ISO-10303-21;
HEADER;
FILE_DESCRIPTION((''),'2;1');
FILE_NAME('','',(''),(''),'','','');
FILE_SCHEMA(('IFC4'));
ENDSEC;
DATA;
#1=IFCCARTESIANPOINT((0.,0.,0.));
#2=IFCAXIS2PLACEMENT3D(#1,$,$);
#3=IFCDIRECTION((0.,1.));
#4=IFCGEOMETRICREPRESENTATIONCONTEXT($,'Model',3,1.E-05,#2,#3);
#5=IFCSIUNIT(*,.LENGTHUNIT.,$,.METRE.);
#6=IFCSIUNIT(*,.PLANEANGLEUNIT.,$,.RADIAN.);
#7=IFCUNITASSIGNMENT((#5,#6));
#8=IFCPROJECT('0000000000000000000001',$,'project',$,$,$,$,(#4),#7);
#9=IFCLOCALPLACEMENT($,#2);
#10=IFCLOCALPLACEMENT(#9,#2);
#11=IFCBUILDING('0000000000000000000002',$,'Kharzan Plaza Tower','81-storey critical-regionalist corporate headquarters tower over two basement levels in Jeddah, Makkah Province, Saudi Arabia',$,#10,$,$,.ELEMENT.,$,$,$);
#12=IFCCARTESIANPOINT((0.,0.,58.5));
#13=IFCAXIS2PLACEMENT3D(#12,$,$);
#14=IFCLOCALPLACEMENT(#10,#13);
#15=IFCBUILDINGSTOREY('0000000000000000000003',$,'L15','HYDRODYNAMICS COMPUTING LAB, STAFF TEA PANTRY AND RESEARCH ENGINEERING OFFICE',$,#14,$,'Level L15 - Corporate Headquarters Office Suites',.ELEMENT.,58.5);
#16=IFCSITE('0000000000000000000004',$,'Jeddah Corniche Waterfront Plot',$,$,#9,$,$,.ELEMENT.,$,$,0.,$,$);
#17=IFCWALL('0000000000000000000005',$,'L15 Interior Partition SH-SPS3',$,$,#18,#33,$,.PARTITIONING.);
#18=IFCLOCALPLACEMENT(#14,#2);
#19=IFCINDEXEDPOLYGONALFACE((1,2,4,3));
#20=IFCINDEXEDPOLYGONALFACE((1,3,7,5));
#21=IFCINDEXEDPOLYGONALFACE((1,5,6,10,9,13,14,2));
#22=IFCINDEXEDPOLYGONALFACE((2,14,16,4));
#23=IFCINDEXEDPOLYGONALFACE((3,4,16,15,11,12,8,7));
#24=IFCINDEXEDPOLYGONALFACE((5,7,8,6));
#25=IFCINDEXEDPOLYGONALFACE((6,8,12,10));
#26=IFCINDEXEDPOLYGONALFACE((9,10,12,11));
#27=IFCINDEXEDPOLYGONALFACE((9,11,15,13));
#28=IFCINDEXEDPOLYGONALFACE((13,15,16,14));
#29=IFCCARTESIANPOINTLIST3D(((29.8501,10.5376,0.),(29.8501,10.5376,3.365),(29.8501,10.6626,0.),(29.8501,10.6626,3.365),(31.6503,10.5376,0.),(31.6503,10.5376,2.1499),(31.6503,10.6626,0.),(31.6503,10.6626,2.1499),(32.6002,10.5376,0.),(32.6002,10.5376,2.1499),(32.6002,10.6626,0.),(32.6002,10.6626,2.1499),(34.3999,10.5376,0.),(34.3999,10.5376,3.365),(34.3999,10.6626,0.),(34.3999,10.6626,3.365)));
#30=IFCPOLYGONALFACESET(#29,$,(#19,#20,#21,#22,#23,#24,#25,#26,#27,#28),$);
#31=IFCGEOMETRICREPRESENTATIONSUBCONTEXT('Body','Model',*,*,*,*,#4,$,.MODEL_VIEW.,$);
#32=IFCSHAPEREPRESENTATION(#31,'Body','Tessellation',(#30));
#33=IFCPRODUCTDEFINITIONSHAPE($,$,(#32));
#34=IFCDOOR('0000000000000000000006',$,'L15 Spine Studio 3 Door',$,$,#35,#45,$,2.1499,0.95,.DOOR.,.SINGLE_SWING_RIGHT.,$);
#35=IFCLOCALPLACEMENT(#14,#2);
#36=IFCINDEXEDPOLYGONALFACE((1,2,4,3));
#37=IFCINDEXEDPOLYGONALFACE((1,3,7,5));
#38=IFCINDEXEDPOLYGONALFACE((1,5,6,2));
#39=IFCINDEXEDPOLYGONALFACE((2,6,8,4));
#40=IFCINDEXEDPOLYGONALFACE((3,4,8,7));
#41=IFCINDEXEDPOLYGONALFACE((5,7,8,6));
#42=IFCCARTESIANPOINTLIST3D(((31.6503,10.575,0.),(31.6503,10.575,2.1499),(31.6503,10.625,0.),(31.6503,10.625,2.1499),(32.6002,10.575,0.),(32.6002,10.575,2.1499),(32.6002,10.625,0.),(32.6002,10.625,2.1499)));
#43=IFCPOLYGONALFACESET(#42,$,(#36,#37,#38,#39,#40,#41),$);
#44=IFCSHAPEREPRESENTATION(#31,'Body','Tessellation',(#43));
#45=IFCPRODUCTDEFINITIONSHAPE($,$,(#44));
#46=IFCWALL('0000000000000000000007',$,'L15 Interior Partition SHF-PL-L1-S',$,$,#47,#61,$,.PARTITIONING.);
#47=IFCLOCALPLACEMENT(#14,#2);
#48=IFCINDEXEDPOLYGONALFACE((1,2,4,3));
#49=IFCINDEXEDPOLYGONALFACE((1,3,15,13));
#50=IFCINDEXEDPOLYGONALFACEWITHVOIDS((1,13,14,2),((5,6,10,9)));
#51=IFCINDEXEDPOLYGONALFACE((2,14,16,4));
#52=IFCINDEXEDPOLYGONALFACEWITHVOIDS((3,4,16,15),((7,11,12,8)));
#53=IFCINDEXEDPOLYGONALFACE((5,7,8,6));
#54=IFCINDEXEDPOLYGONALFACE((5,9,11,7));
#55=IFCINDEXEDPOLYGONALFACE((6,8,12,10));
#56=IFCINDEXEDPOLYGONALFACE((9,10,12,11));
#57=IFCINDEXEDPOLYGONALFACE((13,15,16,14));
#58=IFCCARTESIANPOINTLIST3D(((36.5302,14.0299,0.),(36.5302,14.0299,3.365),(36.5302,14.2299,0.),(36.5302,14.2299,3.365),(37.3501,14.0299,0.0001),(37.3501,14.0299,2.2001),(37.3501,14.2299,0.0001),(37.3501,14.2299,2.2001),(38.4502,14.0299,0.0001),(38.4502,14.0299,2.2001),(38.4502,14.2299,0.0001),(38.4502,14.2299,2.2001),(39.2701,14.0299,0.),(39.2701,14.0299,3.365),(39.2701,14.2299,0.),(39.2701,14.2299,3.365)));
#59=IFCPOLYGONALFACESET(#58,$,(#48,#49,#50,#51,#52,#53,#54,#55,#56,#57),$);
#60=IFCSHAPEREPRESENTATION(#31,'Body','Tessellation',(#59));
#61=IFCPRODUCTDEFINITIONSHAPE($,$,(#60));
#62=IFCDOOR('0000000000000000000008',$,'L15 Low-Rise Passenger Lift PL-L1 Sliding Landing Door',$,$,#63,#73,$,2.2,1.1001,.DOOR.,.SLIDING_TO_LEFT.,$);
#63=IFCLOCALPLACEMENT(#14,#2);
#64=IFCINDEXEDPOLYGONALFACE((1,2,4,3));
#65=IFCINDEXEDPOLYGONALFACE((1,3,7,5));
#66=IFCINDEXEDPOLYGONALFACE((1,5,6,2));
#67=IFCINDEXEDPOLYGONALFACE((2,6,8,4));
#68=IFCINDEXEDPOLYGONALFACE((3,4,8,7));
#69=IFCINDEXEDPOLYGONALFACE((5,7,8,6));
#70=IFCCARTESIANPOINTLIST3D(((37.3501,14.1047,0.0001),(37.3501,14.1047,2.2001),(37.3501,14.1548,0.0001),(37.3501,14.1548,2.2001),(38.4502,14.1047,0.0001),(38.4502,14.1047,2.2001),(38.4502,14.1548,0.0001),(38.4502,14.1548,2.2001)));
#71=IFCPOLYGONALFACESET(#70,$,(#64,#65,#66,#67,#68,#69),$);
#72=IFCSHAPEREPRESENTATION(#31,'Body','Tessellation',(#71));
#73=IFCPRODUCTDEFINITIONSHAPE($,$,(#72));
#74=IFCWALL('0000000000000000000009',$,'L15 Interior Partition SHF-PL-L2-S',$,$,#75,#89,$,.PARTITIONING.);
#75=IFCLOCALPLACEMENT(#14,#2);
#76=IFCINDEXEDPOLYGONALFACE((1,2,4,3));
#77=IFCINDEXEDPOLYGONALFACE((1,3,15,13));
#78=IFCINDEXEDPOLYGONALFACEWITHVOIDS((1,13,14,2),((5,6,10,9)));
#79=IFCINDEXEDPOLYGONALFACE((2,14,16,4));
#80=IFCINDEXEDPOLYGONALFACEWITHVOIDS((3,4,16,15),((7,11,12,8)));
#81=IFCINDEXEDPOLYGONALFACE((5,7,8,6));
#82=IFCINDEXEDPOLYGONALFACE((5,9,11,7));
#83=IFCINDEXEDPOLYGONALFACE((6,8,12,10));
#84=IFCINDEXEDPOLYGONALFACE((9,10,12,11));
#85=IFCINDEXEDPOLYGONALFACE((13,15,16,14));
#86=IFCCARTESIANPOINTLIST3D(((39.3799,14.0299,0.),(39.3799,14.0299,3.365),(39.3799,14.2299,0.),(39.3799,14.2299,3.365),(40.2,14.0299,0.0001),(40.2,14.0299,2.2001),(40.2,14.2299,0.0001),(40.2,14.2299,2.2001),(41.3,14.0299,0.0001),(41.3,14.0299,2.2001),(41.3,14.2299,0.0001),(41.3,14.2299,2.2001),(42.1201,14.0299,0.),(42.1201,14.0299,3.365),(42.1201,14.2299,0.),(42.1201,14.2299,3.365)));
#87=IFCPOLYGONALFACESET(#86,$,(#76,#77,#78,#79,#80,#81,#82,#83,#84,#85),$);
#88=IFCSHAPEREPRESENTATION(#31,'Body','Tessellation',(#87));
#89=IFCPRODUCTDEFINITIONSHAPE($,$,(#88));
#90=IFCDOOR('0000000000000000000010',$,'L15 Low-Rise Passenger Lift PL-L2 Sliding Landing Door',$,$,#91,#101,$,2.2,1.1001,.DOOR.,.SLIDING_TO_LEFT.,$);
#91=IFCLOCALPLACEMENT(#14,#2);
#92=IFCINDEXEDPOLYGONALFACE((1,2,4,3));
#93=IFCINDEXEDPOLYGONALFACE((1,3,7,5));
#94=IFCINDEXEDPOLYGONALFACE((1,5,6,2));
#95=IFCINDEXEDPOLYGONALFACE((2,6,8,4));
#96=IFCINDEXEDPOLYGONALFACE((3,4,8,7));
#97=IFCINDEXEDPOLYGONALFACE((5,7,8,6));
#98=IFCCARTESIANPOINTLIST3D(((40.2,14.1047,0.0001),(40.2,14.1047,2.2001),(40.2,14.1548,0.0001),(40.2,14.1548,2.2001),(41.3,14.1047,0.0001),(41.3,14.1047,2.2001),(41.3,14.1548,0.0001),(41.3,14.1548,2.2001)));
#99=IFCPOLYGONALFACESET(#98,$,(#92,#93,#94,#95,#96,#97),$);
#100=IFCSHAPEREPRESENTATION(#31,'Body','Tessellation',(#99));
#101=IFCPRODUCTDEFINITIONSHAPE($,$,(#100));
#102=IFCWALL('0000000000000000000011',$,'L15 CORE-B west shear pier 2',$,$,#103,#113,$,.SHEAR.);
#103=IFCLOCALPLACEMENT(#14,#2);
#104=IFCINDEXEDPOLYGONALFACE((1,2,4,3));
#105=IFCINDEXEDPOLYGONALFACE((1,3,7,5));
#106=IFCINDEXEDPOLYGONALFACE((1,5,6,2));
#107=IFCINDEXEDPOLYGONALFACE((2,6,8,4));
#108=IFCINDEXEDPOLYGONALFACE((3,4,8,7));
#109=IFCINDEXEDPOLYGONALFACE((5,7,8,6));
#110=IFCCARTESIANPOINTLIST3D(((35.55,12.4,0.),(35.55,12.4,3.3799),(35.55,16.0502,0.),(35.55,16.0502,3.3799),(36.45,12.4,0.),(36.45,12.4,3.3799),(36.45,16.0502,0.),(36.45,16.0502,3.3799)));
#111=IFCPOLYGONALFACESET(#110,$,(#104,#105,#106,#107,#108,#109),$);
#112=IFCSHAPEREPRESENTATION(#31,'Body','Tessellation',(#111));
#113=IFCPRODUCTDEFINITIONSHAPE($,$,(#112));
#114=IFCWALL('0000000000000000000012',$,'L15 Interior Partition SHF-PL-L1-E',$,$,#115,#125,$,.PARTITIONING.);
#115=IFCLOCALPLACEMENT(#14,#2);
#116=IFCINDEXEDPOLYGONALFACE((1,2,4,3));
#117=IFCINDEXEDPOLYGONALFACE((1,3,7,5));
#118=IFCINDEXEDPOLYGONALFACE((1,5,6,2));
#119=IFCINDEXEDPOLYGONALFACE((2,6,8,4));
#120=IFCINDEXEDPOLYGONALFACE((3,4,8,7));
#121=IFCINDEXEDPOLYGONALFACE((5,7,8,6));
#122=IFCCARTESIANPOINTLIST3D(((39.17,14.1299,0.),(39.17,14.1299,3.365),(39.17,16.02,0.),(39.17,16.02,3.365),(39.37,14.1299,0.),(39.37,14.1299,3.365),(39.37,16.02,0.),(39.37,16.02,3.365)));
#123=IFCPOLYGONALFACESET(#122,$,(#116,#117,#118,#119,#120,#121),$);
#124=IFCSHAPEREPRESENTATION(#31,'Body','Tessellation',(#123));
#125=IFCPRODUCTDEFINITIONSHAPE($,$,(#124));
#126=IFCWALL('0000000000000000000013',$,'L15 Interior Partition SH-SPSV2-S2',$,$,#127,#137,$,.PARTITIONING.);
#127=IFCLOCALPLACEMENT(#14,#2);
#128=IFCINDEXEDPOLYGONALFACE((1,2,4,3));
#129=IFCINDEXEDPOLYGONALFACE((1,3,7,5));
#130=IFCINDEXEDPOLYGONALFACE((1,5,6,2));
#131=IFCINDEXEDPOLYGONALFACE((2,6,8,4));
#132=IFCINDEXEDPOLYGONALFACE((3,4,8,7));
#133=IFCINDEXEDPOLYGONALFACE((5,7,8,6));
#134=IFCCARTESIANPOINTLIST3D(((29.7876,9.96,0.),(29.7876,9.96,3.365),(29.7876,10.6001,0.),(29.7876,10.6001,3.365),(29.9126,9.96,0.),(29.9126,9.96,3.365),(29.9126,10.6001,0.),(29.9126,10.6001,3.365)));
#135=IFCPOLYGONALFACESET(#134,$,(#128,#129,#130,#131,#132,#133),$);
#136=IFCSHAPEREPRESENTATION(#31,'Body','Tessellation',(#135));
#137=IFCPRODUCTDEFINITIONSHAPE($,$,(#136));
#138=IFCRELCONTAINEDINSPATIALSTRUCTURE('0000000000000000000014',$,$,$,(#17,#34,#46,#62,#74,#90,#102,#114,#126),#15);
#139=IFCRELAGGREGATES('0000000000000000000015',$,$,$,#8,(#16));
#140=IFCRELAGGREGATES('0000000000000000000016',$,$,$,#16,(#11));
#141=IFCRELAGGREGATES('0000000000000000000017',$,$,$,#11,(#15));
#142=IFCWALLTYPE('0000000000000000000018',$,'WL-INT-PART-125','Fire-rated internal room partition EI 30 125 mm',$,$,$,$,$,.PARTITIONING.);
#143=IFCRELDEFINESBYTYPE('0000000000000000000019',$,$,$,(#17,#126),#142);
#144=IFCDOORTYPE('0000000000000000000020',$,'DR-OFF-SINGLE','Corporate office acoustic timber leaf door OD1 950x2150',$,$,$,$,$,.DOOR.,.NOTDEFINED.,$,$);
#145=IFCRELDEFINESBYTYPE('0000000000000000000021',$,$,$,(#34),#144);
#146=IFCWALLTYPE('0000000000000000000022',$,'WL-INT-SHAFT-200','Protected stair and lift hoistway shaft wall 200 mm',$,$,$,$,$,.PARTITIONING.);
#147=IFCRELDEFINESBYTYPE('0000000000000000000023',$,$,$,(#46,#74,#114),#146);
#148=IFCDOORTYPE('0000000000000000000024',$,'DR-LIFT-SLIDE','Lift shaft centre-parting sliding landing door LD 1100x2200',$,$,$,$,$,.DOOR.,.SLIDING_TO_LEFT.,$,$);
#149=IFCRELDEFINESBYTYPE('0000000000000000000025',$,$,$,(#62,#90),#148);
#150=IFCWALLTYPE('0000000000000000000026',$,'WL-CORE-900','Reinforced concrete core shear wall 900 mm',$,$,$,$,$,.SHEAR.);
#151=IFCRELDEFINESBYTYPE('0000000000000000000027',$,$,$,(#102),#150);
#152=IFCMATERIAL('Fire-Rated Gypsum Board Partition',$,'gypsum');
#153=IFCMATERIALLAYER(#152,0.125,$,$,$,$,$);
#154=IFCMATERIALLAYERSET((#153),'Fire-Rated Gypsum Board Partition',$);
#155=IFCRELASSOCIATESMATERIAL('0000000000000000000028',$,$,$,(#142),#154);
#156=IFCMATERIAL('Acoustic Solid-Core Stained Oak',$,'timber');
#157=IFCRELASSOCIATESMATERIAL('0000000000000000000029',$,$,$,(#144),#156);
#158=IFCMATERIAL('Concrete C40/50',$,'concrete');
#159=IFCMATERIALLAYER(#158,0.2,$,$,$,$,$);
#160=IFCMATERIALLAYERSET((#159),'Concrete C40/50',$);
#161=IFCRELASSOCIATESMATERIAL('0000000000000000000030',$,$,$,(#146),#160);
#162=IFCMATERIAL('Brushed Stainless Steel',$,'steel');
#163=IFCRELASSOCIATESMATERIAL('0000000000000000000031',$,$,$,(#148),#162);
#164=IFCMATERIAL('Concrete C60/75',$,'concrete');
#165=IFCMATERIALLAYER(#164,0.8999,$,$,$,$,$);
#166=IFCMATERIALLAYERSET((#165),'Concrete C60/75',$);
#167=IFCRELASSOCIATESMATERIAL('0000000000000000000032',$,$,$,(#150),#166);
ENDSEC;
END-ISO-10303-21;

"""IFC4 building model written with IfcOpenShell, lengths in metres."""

from ifc_helpers import new_model, si_unit, direction, frame, frame_2d, origin, place, context, subcontext, project, spatial, rectangle, extrude, source, transform, mapped, material, layer, layer_set, type_object, element, fill, save


model = new_model("IFC4")

# Units and contexts
model_context = context("Model", 3, precision=1e-05, world=origin(), true_north=direction((0.0, 1.0)))
body_context = subcontext(model_context, "Body", "Model", "MODEL_VIEW")
ifc_project = project(units=[si_unit("LENGTHUNIT", "METRE"), si_unit("PLANEANGLEUNIT", "RADIAN")], contexts=[model_context])

# Site, building, storey
site_placement = place(None, origin())
site = spatial("IfcSite", under=ifc_project, at=site_placement, Name="Jeddah Corniche Waterfront Plot", CompositionType="ELEMENT", RefElevation=0.0)
building_placement = place(site_placement, origin())
building = spatial("IfcBuilding", under=site, at=building_placement, Name="Kharzan Plaza Tower", Description="81-storey critical-regionalist corporate headquarters tower over two basement levels in Jeddah, Makkah Province, Saudi Arabia", CompositionType="ELEMENT")
storey_placement = place(building_placement, frame((0.0, 0.0, 58.5)))
storey = spatial("IfcBuildingStorey", under=building, at=storey_placement, Name="L15", Description="HYDRODYNAMICS COMPUTING LAB, STAFF TEA PANTRY AND RESEARCH ENGINEERING OFFICE", LongName="Level L15 - Corporate Headquarters Office Suites", CompositionType="ELEMENT", Elevation=58.5)

# Shared definitions
ifc_material_1 = material(Name="Concrete C60/75", Category="concrete")

# Walls, openings, doors
ifc_material_2 = material(Name="Fire-Rated Gypsum Board Partition", Category="gypsum")
ifc_layer_1 = layer(ifc_material_2, 0.125)
ifc_layer_set_1 = layer_set([ifc_layer_1], Name="Fire-Rated Gypsum Board Partition")
wall_type_1 = type_object("IfcWallType", Name="WL-INT-PART-125", Description="Fire-rated internal room partition EI 30 125 mm", PredefinedType="PARTITIONING", material=ifc_layer_set_1)
ifc_material_3 = material(Name="Acoustic Solid-Core Stained Oak", Category="timber")
door_type_1 = type_object("IfcDoorType", Name="DR-OFF-SINGLE", Description="Corporate office acoustic timber leaf door OD1 950x2150", OperationType="NOTDEFINED", PredefinedType="DOOR", material=ifc_material_3)
shared_shape_1 = source(origin(), body_context, "Body", "SweptSolid", [
    extrude(rectangle(XDim=0.95, YDim=2.1499, at=frame_2d((0.4751, 1.075))), frame((0.0, 0.0249, 0.0), z_axis=(0.0, -1.0, 0.0), x_axis=(1.0, 0.0, 0.0)), (0.0, 0.0, 1.0), 0.05),
])
wall_1_placement = place(storey_placement, frame((29.8501, 10.6001, 0.0), z_axis=(0.0, 0.0, 1.0), x_axis=(1.0, 0.0, 0.0)))
wall_1 = element("IfcWall", 1, at=wall_1_placement, inside=storey, type_object=wall_type_1, Name="L15 Interior Partition SH-SPS3", PredefinedType="PARTITIONING", context=body_context, shape_type="SweptSolid", body=[
    extrude(rectangle(XDim=4.5498, YDim=0.125, at=frame_2d((2.2749, 0.0))), origin(), (0.0, 0.0, 1.0), 3.365),
])
opening_1_placement = place(wall_1_placement, frame((1.8, 0.0, 0.0)))
opening_1 = element("IfcOpeningElement", 2, at=opening_1_placement, cuts=wall_1, PredefinedType="OPENING", context=body_context, shape_type="SweptSolid", body=[
    extrude(rectangle(XDim=0.95, YDim=2.1499, at=frame_2d((0.4751, 1.075))), frame((0.0, 0.0725, 0.0), z_axis=(0.0, -1.0, 0.0), x_axis=(1.0, 0.0, 0.0)), (0.0, 0.0, 1.0), 0.145),
])
door_1_placement = place(opening_1_placement, origin())
door_1 = element("IfcDoor", 3, at=door_1_placement, inside=storey, type_object=door_type_1, Name="L15 Spine Studio 3 Door", OperationType="SINGLE_SWING_RIGHT", OverallHeight=2.1499, OverallWidth=0.95, PredefinedType="DOOR", context=body_context, shape_type="MappedRepresentation", body=[
    mapped(shared_shape_1, transform((0.0, 0.0, 0.0), x_axis=(1.0, 0.0, 0.0), y_axis=(0.0, 1.0, 0.0), z_axis=(0.0, 0.0, 1.0))),
])
fill(opening_1, door_1)
ifc_material_4 = material(Name="Concrete C40/50", Category="concrete")
ifc_layer_2 = layer(ifc_material_4, 0.2)
ifc_layer_set_2 = layer_set([ifc_layer_2], Name="Concrete C40/50")
wall_type_2 = type_object("IfcWallType", Name="WL-INT-SHAFT-200", Description="Protected stair and lift hoistway shaft wall 200 mm", PredefinedType="PARTITIONING", material=ifc_layer_set_2)
wall_2_placement = place(storey_placement, frame((36.53, 14.1299, 0.0), z_axis=(0.0, 0.0, 1.0), x_axis=(1.0, 0.0, 0.0)))
wall_2 = element("IfcWall", 4, at=wall_2_placement, inside=storey, type_object=wall_type_2, Name="L15 Interior Partition SHF-PL-L1-S", PredefinedType="PARTITIONING", context=body_context, shape_type="SweptSolid", body=[
    extrude(rectangle(XDim=2.74, YDim=0.2, at=frame_2d((1.3701, 0.0))), origin(), (0.0, 0.0, 1.0), 3.365),
])
opening_2_placement = place(wall_2_placement, frame((0.8201, 0.0, 0.0)))
opening_2 = element("IfcOpeningElement", 5, at=opening_2_placement, cuts=wall_2, PredefinedType="OPENING", context=body_context, shape_type="SweptSolid", body=[
    extrude(rectangle(XDim=1.1001, YDim=2.2, at=frame_2d((0.55, 1.1001))), frame((0.0, 0.1099, 0.0), z_axis=(0.0, -1.0, 0.0), x_axis=(1.0, 0.0, 0.0)), (0.0, 0.0, 1.0), 0.22),
])
ifc_material_5 = material(Name="Brushed Stainless Steel", Category="steel")
door_type_2 = type_object("IfcDoorType", Name="DR-LIFT-SLIDE", Description="Lift shaft centre-parting sliding landing door LD 1100x2200", OperationType="SLIDING_TO_LEFT", PredefinedType="DOOR", material=ifc_material_5)
shared_shape_2 = source(origin(), body_context, "Body", "SweptSolid", [
    extrude(rectangle(XDim=1.1001, YDim=2.2, at=frame_2d((0.55, 1.1001))), frame((0.0, 0.0249, 0.0), z_axis=(0.0, -1.0, 0.0), x_axis=(1.0, 0.0, 0.0)), (0.0, 0.0, 1.0), 0.05),
])
door_2_placement = place(opening_2_placement, origin())
door_2 = element("IfcDoor", 6, at=door_2_placement, inside=storey, type_object=door_type_2, Name="L15 Low-Rise Passenger Lift PL-L1 Sliding Landing Door", OperationType="SLIDING_TO_LEFT", OverallHeight=2.2, OverallWidth=1.1001, PredefinedType="DOOR", context=body_context, shape_type="MappedRepresentation", body=[
    mapped(shared_shape_2, transform((0.0, 0.0, 0.0), x_axis=(1.0, 0.0, 0.0), y_axis=(0.0, 1.0, 0.0), z_axis=(0.0, 0.0, 1.0))),
])
fill(opening_2, door_2)
wall_3_placement = place(storey_placement, frame((39.3799, 14.1299, 0.0), z_axis=(0.0, 0.0, 1.0), x_axis=(1.0, 0.0, 0.0)))
wall_3 = element("IfcWall", 7, at=wall_3_placement, inside=storey, type_object=wall_type_2, Name="L15 Interior Partition SHF-PL-L2-S", PredefinedType="PARTITIONING", context=body_context, shape_type="SweptSolid", body=[
    extrude(rectangle(XDim=2.7402, YDim=0.2, at=frame_2d((1.3701, 0.0))), origin(), (0.0, 0.0, 1.0), 3.365),
])
opening_3_placement = place(wall_3_placement, frame((0.8201, 0.0, 0.0)))
opening_3 = element("IfcOpeningElement", 8, at=opening_3_placement, cuts=wall_3, PredefinedType="OPENING", context=body_context, shape_type="SweptSolid", body=[
    extrude(rectangle(XDim=1.1001, YDim=2.2, at=frame_2d((0.55, 1.1001))), frame((0.0, 0.1099, 0.0), z_axis=(0.0, -1.0, 0.0), x_axis=(1.0, 0.0, 0.0)), (0.0, 0.0, 1.0), 0.22),
])
door_3_placement = place(opening_3_placement, origin())
door_3 = element("IfcDoor", 9, at=door_3_placement, inside=storey, type_object=door_type_2, Name="L15 Low-Rise Passenger Lift PL-L2 Sliding Landing Door", OperationType="SLIDING_TO_LEFT", OverallHeight=2.2, OverallWidth=1.1001, PredefinedType="DOOR", context=body_context, shape_type="MappedRepresentation", body=[
    mapped(shared_shape_2, transform((0.0, 0.0, 0.0), x_axis=(1.0, 0.0, 0.0), y_axis=(0.0, 1.0, 0.0), z_axis=(0.0, 0.0, 1.0))),
])
fill(opening_3, door_3)

# Walls
ifc_layer_3 = layer(ifc_material_1, 0.8999)
ifc_layer_set_3 = layer_set([ifc_layer_3], Name="Concrete C60/75")
wall_type_3 = type_object("IfcWallType", Name="WL-CORE-900", Description="Reinforced concrete core shear wall 900 mm", PredefinedType="SHEAR", material=ifc_layer_set_3)
shared_shape_3 = source(origin(), body_context, "Body", "SweptSolid", [
    extrude(rectangle(XDim=3.6501, YDim=0.8999, at=frame_2d((1.8252, 0.0))), origin(), (0.0, 0.0, 1.0), 3.3799),
])
wall_4_placement = place(storey_placement, frame((36.0, 12.3999, 0.0), z_axis=(0.0, 0.0, 1.0), x_axis=(0.0, 1.0, 0.0)))
element("IfcWall", 10, at=wall_4_placement, inside=storey, type_object=wall_type_3, Name="L15 CORE-B west shear pier 2", PredefinedType="SHEAR", context=body_context, shape_type="MappedRepresentation", body=[
    mapped(shared_shape_3, transform((0.0, 0.0, 0.0), x_axis=(1.0, 0.0, 0.0), y_axis=(0.0, 1.0, 0.0), z_axis=(0.0, 0.0, 1.0))),
])
shared_shape_4 = source(origin(), body_context, "Body", "SweptSolid", [
    extrude(rectangle(XDim=1.8901, YDim=0.2, at=frame_2d((0.9451, 0.0))), origin(), (0.0, 0.0, 1.0), 3.365),
])
wall_5_placement = place(storey_placement, frame((39.27, 14.1299, 0.0), z_axis=(0.0, 0.0, 1.0), x_axis=(0.0, 1.0, 0.0)))
element("IfcWall", 11, at=wall_5_placement, inside=storey, type_object=wall_type_2, Name="L15 Interior Partition SHF-PL-L1-E", PredefinedType="PARTITIONING", context=body_context, shape_type="MappedRepresentation", body=[
    mapped(shared_shape_4, transform((0.0, 0.0, 0.0), x_axis=(1.0, 0.0, 0.0), y_axis=(0.0, 1.0, 0.0), z_axis=(0.0, 0.0, 1.0))),
])
shared_shape_5 = source(origin(), body_context, "Body", "SweptSolid", [
    extrude(rectangle(XDim=0.6401, YDim=0.125, at=frame_2d((0.3201, 0.0))), origin(), (0.0, 0.0, 1.0), 3.365),
])
wall_6_placement = place(storey_placement, frame((29.8501, 9.96, 0.0), z_axis=(0.0, 0.0, 1.0), x_axis=(0.0, 1.0, 0.0)))
element("IfcWall", 12, at=wall_6_placement, inside=storey, type_object=wall_type_1, Name="L15 Interior Partition SH-SPSV2-S2", PredefinedType="PARTITIONING", context=body_context, shape_type="MappedRepresentation", body=[
    mapped(shared_shape_5, transform((0.0, 0.0, 0.0), x_axis=(1.0, 0.0, 0.0), y_axis=(0.0, 1.0, 0.0), z_axis=(0.0, 0.0, 1.0))),
])

save(model, "model.ifc")
